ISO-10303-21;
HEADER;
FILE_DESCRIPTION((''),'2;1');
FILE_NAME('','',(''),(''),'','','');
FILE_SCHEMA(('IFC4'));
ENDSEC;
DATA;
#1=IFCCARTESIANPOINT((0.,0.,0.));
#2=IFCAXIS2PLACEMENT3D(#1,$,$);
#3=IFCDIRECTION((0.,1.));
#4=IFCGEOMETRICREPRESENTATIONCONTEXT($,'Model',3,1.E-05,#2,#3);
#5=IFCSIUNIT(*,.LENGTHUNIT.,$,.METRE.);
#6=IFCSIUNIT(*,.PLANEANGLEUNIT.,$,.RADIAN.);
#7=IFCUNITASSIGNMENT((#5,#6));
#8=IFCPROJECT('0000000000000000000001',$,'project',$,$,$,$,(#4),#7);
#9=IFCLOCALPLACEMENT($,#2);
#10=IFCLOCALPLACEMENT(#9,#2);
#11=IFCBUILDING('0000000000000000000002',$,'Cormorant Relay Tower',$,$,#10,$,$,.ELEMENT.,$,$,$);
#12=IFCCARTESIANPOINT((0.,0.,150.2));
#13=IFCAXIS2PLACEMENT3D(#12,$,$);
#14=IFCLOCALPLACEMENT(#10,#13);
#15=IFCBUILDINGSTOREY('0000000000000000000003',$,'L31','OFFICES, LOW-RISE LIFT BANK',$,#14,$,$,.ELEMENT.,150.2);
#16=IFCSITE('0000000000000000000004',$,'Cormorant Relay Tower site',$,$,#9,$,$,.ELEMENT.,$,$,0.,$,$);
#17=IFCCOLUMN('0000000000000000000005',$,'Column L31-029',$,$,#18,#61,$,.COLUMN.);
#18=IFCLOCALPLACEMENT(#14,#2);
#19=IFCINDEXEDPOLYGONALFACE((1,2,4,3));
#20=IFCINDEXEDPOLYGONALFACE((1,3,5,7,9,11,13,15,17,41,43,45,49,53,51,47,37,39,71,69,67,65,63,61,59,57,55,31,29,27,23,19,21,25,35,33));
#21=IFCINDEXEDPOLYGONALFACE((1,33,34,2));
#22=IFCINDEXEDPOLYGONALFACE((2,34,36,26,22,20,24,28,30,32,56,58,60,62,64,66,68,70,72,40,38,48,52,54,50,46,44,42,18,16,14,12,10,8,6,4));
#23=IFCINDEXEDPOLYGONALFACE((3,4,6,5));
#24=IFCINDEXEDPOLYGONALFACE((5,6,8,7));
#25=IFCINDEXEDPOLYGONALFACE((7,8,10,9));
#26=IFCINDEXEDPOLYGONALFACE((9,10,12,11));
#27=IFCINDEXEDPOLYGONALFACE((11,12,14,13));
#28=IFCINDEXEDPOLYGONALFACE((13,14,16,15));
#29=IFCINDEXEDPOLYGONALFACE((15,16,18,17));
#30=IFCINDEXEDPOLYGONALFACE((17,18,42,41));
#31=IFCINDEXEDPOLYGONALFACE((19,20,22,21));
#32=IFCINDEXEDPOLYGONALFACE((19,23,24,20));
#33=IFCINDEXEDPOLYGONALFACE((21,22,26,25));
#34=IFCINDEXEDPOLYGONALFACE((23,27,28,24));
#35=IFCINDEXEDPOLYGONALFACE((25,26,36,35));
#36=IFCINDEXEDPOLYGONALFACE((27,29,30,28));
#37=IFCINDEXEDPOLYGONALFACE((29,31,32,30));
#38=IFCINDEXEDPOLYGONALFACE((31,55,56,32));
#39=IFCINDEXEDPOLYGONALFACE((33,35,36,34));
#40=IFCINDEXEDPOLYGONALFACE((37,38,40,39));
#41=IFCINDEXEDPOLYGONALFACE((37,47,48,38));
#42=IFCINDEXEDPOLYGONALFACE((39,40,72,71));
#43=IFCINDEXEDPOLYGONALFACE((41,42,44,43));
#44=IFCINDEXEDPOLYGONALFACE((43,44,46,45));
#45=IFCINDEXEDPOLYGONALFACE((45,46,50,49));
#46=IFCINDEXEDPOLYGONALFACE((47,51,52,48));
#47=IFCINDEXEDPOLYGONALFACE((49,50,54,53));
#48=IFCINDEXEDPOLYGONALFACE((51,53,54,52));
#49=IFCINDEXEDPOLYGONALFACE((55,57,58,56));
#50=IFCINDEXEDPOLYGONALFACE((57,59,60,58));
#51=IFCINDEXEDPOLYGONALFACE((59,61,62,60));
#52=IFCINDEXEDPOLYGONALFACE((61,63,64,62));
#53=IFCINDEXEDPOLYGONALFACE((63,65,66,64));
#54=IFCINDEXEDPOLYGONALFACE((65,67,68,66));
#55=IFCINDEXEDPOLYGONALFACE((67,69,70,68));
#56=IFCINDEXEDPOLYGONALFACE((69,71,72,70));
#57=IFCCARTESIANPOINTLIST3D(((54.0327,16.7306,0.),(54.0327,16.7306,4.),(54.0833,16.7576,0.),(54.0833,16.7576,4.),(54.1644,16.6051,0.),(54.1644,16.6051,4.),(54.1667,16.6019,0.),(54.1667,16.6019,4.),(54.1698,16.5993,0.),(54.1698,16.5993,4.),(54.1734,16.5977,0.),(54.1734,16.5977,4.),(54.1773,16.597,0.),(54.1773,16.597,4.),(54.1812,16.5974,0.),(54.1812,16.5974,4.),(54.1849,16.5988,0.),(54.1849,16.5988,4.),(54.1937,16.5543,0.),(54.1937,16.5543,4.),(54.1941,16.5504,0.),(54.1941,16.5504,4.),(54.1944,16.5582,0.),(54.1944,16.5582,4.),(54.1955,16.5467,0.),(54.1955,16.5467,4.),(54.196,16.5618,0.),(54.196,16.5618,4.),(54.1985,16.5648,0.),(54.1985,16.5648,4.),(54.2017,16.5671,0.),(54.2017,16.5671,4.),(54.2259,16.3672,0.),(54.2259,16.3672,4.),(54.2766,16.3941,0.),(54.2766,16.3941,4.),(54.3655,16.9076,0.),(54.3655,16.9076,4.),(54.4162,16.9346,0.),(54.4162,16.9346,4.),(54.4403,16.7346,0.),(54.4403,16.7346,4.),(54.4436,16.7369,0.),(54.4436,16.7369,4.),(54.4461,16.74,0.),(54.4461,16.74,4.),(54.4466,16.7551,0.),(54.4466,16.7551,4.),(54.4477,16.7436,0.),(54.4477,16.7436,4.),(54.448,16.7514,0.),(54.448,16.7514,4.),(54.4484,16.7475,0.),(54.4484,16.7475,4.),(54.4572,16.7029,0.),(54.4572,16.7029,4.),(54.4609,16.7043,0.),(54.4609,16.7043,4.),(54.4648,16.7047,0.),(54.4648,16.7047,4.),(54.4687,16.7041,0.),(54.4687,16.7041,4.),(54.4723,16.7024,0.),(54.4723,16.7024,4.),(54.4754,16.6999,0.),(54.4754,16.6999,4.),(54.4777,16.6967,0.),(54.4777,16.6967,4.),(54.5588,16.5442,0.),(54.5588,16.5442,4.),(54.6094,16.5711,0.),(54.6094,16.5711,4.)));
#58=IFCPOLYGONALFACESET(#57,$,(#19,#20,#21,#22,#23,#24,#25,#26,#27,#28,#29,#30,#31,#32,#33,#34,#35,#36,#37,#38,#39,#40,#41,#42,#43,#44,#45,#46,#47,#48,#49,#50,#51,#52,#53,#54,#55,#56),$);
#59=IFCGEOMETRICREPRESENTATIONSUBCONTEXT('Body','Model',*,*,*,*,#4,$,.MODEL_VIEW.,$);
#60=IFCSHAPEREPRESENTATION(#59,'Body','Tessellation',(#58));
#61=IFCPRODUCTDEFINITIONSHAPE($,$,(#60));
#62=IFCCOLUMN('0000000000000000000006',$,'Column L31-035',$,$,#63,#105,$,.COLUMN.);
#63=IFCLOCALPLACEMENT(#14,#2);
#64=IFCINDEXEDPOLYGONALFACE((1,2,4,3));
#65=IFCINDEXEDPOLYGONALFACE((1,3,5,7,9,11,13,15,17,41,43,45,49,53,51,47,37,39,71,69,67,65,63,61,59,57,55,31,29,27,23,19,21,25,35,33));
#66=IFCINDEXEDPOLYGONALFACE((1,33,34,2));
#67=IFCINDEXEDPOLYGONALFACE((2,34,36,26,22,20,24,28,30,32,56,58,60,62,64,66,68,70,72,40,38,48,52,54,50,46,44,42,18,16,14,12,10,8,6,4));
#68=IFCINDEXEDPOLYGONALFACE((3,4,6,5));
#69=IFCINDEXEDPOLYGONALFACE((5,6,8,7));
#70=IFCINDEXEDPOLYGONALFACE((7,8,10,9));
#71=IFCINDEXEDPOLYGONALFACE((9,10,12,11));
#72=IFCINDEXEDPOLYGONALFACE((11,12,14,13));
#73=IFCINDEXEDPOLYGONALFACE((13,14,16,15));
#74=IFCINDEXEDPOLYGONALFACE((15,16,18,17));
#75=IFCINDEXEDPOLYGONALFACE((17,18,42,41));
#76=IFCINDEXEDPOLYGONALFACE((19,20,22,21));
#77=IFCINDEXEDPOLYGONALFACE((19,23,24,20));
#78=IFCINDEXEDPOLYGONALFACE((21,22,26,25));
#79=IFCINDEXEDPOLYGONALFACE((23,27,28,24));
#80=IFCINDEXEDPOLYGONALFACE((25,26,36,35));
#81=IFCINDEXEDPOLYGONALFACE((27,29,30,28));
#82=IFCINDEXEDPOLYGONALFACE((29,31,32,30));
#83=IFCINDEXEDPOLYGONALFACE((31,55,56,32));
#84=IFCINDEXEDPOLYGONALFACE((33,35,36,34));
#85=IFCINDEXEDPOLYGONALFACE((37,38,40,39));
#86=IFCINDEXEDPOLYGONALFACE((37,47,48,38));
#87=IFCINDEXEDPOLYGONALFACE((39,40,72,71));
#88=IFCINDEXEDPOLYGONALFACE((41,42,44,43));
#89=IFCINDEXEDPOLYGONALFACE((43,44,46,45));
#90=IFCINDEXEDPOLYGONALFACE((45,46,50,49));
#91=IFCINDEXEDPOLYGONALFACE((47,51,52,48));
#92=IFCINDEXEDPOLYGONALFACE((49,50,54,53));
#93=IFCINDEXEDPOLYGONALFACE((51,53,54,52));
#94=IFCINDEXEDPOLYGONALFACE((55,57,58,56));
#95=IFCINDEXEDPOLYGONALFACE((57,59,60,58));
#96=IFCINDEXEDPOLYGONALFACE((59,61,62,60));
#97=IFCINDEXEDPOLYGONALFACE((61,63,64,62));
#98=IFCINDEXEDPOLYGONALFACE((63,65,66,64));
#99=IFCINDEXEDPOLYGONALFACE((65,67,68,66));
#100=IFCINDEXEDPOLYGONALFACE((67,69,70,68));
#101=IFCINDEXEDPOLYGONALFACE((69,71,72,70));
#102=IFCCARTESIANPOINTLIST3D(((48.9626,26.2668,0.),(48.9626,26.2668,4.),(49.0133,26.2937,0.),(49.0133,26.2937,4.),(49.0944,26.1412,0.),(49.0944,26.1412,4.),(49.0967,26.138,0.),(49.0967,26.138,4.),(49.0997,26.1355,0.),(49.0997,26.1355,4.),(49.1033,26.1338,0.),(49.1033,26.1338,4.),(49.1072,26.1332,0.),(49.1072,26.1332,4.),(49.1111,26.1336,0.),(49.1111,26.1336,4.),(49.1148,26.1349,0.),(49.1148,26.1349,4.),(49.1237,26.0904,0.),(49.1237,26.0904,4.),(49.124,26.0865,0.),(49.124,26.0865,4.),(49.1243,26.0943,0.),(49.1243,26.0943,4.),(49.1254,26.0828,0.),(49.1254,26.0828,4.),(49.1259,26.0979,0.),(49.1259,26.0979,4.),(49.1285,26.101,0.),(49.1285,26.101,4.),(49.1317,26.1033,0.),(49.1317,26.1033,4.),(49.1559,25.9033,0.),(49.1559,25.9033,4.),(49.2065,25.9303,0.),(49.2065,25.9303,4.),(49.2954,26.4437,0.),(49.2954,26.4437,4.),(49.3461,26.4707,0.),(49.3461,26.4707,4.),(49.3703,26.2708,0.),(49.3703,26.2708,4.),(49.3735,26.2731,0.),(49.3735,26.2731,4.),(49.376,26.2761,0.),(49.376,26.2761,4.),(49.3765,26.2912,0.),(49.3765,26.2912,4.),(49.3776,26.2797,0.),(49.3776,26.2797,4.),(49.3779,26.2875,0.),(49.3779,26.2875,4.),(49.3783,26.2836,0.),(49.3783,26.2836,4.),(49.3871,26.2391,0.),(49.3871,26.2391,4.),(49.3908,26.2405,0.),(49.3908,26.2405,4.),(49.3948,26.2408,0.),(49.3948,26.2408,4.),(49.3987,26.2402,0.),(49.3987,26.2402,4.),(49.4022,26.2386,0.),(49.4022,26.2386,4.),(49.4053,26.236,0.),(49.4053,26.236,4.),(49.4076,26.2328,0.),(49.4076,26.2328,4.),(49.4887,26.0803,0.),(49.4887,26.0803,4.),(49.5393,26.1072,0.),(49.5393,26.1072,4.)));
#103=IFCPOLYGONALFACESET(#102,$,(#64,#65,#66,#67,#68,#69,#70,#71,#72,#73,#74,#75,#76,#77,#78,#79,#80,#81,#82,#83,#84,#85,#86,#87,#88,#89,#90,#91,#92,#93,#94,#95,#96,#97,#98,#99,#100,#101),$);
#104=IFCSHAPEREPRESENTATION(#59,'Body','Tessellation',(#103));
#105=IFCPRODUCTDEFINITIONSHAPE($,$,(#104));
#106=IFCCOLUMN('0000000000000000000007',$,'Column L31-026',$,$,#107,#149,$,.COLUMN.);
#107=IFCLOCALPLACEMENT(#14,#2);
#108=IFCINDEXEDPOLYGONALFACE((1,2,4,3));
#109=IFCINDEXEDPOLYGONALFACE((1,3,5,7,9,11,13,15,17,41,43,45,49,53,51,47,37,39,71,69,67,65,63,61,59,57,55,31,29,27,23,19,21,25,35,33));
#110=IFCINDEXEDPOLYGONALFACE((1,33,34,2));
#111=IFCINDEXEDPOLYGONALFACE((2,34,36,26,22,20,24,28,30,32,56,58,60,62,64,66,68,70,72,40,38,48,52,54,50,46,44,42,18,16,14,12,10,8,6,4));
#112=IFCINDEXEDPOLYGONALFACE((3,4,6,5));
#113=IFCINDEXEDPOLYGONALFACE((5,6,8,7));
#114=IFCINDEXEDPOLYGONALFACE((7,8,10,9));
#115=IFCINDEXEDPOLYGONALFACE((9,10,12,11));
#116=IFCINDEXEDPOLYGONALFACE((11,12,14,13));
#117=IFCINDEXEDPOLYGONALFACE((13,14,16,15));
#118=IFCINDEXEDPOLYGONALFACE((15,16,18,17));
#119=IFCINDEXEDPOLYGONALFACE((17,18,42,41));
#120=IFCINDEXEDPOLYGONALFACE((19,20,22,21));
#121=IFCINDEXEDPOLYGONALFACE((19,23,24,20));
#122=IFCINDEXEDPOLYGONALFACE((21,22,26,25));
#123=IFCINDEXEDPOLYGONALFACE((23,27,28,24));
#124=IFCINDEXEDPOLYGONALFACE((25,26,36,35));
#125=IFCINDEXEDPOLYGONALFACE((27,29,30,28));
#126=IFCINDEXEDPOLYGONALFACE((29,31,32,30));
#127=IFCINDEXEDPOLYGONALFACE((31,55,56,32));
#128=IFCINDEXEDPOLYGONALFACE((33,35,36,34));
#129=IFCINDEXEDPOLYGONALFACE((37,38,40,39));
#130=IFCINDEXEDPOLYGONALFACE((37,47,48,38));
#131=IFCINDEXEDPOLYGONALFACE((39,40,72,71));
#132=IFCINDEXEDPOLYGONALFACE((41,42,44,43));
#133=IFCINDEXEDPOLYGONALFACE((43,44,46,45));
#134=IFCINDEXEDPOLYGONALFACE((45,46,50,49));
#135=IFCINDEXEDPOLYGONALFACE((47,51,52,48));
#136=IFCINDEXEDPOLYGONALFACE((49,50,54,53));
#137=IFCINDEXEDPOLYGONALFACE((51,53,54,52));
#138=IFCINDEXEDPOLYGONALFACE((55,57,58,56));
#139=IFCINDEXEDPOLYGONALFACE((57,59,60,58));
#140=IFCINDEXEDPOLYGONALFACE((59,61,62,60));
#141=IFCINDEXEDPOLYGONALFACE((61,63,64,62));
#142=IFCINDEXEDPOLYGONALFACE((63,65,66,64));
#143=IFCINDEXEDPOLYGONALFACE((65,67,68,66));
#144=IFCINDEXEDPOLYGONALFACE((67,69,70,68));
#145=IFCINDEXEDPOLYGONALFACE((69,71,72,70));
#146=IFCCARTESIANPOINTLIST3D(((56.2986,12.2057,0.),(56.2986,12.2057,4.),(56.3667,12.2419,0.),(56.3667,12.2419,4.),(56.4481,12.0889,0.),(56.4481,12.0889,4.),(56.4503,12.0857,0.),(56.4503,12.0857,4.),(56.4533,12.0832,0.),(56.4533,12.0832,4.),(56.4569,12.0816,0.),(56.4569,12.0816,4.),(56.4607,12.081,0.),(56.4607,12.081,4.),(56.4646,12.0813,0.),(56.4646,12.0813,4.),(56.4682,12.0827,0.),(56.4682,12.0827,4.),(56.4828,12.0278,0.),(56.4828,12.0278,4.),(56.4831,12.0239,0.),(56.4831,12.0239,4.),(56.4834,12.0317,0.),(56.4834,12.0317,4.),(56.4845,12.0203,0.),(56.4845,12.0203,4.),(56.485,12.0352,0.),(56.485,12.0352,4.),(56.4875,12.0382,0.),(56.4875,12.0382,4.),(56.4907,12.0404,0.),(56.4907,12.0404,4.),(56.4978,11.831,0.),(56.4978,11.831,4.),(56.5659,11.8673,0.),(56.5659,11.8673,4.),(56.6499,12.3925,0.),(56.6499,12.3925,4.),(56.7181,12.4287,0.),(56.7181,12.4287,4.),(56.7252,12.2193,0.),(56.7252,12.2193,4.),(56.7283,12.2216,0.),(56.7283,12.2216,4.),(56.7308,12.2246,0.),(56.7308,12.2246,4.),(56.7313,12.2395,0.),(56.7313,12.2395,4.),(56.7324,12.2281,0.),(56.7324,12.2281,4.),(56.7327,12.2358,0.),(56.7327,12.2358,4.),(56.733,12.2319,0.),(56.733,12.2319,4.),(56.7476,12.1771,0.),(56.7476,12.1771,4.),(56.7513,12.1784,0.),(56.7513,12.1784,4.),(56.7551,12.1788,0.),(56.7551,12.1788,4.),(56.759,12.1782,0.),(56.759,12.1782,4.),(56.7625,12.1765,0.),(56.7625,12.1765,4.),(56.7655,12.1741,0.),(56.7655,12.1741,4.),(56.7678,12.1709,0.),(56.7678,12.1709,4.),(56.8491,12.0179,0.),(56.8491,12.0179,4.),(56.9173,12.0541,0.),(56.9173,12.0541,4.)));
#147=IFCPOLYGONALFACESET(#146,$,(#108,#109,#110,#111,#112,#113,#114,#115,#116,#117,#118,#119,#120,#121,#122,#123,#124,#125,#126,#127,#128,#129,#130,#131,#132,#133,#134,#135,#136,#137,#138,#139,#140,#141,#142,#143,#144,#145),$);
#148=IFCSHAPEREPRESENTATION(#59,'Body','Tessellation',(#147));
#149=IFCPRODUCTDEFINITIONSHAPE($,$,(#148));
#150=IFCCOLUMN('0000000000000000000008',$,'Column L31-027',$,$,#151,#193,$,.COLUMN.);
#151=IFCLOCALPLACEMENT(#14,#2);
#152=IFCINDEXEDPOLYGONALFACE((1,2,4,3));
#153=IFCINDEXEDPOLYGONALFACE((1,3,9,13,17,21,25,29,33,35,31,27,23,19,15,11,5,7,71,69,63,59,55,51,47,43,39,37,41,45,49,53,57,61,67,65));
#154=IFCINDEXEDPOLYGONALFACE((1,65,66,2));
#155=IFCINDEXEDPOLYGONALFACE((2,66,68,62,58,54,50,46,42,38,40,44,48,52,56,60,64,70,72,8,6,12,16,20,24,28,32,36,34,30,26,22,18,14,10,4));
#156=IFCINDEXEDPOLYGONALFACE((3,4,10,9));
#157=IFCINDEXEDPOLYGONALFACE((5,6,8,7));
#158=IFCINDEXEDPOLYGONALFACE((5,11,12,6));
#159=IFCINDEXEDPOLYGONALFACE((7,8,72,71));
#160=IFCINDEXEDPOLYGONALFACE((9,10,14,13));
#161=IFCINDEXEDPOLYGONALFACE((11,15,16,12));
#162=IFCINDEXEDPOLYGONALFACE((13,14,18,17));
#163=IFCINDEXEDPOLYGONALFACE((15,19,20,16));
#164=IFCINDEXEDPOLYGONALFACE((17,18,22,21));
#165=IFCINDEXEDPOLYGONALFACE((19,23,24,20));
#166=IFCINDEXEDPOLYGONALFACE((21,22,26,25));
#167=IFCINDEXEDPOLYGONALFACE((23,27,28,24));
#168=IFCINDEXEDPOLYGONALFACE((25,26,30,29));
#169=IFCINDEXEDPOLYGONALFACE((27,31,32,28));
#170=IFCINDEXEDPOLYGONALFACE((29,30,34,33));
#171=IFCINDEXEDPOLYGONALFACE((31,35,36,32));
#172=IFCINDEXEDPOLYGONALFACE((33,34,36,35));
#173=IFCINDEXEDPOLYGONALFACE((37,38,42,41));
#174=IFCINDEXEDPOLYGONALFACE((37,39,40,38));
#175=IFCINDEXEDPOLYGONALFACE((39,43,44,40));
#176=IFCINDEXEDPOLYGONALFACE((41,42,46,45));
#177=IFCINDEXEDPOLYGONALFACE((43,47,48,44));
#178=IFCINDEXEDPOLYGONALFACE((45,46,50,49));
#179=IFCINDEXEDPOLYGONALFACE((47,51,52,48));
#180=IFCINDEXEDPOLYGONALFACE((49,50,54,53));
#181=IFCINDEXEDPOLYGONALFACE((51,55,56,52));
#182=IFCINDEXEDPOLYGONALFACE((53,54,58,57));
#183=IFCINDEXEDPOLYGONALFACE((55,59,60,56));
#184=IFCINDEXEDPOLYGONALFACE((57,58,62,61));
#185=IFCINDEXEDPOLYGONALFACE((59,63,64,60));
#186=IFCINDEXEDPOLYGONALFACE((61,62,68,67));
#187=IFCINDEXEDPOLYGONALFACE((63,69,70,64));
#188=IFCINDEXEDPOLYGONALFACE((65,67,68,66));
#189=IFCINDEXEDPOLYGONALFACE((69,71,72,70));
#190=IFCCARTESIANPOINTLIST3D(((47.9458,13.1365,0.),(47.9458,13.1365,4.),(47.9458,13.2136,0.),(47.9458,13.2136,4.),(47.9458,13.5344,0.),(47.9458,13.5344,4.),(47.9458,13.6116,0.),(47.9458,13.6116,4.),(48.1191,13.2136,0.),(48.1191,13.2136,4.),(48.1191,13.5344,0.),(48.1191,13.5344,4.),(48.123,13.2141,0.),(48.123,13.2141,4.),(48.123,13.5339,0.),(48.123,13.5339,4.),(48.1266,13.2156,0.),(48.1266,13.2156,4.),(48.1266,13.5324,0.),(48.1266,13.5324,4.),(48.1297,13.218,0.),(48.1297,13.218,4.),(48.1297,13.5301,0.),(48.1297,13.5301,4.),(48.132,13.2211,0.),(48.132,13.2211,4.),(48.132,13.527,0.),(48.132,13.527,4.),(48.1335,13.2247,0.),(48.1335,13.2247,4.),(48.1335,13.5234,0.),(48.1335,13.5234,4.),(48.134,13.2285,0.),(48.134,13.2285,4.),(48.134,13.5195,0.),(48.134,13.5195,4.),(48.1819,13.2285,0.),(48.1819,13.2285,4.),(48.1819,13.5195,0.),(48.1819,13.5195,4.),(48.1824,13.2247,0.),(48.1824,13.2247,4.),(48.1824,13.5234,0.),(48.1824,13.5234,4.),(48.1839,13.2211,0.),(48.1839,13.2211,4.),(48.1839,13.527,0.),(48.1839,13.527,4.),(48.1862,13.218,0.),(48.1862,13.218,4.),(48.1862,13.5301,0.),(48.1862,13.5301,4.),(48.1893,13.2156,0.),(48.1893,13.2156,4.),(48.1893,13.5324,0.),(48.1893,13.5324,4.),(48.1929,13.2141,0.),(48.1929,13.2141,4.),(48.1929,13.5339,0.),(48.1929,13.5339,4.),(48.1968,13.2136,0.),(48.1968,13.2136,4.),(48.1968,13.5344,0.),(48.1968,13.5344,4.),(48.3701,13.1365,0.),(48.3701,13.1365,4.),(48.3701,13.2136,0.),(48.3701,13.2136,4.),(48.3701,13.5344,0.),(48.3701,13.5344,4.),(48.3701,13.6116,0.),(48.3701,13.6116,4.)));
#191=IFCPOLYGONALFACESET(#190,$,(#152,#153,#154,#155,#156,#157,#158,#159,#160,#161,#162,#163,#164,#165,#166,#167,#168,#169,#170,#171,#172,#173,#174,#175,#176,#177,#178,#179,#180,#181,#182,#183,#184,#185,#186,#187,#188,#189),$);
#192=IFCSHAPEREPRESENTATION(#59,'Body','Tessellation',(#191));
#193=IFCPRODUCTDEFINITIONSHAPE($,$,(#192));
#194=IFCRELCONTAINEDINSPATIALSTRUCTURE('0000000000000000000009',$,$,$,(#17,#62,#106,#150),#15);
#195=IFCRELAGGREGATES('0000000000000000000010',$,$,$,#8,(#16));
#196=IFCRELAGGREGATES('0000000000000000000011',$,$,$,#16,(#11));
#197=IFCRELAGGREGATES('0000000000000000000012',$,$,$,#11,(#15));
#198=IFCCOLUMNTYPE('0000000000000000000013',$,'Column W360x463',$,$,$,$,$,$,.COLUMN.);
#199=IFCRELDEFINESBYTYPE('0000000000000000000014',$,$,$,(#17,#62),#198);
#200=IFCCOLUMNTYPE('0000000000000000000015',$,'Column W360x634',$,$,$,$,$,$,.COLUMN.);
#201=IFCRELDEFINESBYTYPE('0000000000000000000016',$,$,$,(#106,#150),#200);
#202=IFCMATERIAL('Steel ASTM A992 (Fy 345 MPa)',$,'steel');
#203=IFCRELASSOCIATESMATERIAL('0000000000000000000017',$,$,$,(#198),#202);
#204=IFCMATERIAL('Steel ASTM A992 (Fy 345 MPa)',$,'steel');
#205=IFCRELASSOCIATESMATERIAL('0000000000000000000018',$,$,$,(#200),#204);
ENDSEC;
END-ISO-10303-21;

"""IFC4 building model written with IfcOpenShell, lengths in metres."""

from ifc_helpers import new_model, si_unit, direction, frame, origin, origin_2d, place, context, subcontext, project, spatial, i_section, extrude, material, material_profile, profile_set, type_object, element, save


model = new_model("IFC4")

# Units and contexts
model_context = context("Model", 3, precision=1e-05, world=origin(), true_north=direction((0.0, 1.0)))
body_context = subcontext(model_context, "Body", "Model", "MODEL_VIEW")
ifc_project = project(units=[si_unit("LENGTHUNIT", "METRE"), si_unit("PLANEANGLEUNIT", "RADIAN")], contexts=[model_context])

# Site, building, storey
site_placement = place(None, origin())
site = spatial("IfcSite", under=ifc_project, at=site_placement, Name="Cormorant Relay Tower site", CompositionType="ELEMENT", RefElevation=0.0)
building_placement = place(site_placement, origin())
building = spatial("IfcBuilding", under=site, at=building_placement, Name="Cormorant Relay Tower", CompositionType="ELEMENT")
storey_placement = place(building_placement, frame((0.0, 0.0, 150.2)))
storey = spatial("IfcBuildingStorey", under=building, at=storey_placement, Name="L31", Description="OFFICES, LOW-RISE LIFT BANK", CompositionType="ELEMENT", Elevation=150.2)

# Columns
ifc_material_1 = material(Name="Steel ASTM A992 (Fy 345 MPa)", Category="steel")
ifc_material_profile_1 = material_profile(ifc_material_1, i_section(OverallWidth=0.4116, OverallDepth=0.4343, WebThickness=0.0359, FlangeThickness=0.0574, FilletRadius=0.0151, at=origin_2d()), Name="W360x463")
ifc_profile_set_1 = profile_set([ifc_material_profile_1], Name="Steel ASTM A992 (Fy 345 MPa)")
column_type_1 = type_object("IfcColumnType", Name="Column W360x463", PredefinedType="COLUMN", material=ifc_profile_set_1)
for number, where, z_axis, x_axis, name in (
    (1, (54.321, 16.6509, 0.0), (0.0, 0.0, 1.0), (-0.469472, 0.882948, 0.0), "Column L31-029"),
    (2, (49.251, 26.187, 0.0), (0.0, 0.0, 1.0), (-0.469472, 0.882948, 0.0), "Column L31-035"),
):
    element("IfcColumn", number, at=place(storey_placement, frame(where, z_axis=z_axis, x_axis=x_axis)), inside=storey, type_object=column_type_1, Name=name, PredefinedType="COLUMN", context=body_context, shape_type="SweptSolid", body=[
        extrude(i_section(OverallWidth=0.4116, OverallDepth=0.4343, WebThickness=0.0359, FlangeThickness=0.0574, FilletRadius=0.0151, at=origin_2d()), origin(), (0.0, 0.0, 1.0), 4.0),
    ])
ifc_material_2 = material(Name="Steel ASTM A992 (Fy 345 MPa)", Category="steel")
ifc_material_profile_2 = material_profile(ifc_material_2, i_section(OverallWidth=0.4243, OverallDepth=0.4751, WebThickness=0.0479, FlangeThickness=0.0771, FilletRadius=0.0149, at=origin_2d()), Name="W360x634")
ifc_profile_set_2 = profile_set([ifc_material_profile_2], Name="Steel ASTM A992 (Fy 345 MPa)")
column_type_2 = type_object("IfcColumnType", Name="Column W360x634", PredefinedType="COLUMN", material=ifc_profile_set_2)
for number, where, z_axis, x_axis, name in (
    (3, (56.6079, 12.1299, 0.0), (0.0, 0.0, 1.0), (-0.469472, 0.882948, 0.0), "Column L31-026"),
    (4, (48.158, 13.374, 0.0), (0.0, 0.0, 1.0), (1.0, 0.0, 0.0), "Column L31-027"),
):
    element("IfcColumn", number, at=place(storey_placement, frame(where, z_axis=z_axis, x_axis=x_axis)), inside=storey, type_object=column_type_2, Name=name, PredefinedType="COLUMN", context=body_context, shape_type="SweptSolid", body=[
        extrude(i_section(OverallWidth=0.4243, OverallDepth=0.4751, WebThickness=0.0479, FlangeThickness=0.0771, FilletRadius=0.0149, at=origin_2d()), origin(), (0.0, 0.0, 1.0), 4.0),
    ])

save(model, "model.ifc")
